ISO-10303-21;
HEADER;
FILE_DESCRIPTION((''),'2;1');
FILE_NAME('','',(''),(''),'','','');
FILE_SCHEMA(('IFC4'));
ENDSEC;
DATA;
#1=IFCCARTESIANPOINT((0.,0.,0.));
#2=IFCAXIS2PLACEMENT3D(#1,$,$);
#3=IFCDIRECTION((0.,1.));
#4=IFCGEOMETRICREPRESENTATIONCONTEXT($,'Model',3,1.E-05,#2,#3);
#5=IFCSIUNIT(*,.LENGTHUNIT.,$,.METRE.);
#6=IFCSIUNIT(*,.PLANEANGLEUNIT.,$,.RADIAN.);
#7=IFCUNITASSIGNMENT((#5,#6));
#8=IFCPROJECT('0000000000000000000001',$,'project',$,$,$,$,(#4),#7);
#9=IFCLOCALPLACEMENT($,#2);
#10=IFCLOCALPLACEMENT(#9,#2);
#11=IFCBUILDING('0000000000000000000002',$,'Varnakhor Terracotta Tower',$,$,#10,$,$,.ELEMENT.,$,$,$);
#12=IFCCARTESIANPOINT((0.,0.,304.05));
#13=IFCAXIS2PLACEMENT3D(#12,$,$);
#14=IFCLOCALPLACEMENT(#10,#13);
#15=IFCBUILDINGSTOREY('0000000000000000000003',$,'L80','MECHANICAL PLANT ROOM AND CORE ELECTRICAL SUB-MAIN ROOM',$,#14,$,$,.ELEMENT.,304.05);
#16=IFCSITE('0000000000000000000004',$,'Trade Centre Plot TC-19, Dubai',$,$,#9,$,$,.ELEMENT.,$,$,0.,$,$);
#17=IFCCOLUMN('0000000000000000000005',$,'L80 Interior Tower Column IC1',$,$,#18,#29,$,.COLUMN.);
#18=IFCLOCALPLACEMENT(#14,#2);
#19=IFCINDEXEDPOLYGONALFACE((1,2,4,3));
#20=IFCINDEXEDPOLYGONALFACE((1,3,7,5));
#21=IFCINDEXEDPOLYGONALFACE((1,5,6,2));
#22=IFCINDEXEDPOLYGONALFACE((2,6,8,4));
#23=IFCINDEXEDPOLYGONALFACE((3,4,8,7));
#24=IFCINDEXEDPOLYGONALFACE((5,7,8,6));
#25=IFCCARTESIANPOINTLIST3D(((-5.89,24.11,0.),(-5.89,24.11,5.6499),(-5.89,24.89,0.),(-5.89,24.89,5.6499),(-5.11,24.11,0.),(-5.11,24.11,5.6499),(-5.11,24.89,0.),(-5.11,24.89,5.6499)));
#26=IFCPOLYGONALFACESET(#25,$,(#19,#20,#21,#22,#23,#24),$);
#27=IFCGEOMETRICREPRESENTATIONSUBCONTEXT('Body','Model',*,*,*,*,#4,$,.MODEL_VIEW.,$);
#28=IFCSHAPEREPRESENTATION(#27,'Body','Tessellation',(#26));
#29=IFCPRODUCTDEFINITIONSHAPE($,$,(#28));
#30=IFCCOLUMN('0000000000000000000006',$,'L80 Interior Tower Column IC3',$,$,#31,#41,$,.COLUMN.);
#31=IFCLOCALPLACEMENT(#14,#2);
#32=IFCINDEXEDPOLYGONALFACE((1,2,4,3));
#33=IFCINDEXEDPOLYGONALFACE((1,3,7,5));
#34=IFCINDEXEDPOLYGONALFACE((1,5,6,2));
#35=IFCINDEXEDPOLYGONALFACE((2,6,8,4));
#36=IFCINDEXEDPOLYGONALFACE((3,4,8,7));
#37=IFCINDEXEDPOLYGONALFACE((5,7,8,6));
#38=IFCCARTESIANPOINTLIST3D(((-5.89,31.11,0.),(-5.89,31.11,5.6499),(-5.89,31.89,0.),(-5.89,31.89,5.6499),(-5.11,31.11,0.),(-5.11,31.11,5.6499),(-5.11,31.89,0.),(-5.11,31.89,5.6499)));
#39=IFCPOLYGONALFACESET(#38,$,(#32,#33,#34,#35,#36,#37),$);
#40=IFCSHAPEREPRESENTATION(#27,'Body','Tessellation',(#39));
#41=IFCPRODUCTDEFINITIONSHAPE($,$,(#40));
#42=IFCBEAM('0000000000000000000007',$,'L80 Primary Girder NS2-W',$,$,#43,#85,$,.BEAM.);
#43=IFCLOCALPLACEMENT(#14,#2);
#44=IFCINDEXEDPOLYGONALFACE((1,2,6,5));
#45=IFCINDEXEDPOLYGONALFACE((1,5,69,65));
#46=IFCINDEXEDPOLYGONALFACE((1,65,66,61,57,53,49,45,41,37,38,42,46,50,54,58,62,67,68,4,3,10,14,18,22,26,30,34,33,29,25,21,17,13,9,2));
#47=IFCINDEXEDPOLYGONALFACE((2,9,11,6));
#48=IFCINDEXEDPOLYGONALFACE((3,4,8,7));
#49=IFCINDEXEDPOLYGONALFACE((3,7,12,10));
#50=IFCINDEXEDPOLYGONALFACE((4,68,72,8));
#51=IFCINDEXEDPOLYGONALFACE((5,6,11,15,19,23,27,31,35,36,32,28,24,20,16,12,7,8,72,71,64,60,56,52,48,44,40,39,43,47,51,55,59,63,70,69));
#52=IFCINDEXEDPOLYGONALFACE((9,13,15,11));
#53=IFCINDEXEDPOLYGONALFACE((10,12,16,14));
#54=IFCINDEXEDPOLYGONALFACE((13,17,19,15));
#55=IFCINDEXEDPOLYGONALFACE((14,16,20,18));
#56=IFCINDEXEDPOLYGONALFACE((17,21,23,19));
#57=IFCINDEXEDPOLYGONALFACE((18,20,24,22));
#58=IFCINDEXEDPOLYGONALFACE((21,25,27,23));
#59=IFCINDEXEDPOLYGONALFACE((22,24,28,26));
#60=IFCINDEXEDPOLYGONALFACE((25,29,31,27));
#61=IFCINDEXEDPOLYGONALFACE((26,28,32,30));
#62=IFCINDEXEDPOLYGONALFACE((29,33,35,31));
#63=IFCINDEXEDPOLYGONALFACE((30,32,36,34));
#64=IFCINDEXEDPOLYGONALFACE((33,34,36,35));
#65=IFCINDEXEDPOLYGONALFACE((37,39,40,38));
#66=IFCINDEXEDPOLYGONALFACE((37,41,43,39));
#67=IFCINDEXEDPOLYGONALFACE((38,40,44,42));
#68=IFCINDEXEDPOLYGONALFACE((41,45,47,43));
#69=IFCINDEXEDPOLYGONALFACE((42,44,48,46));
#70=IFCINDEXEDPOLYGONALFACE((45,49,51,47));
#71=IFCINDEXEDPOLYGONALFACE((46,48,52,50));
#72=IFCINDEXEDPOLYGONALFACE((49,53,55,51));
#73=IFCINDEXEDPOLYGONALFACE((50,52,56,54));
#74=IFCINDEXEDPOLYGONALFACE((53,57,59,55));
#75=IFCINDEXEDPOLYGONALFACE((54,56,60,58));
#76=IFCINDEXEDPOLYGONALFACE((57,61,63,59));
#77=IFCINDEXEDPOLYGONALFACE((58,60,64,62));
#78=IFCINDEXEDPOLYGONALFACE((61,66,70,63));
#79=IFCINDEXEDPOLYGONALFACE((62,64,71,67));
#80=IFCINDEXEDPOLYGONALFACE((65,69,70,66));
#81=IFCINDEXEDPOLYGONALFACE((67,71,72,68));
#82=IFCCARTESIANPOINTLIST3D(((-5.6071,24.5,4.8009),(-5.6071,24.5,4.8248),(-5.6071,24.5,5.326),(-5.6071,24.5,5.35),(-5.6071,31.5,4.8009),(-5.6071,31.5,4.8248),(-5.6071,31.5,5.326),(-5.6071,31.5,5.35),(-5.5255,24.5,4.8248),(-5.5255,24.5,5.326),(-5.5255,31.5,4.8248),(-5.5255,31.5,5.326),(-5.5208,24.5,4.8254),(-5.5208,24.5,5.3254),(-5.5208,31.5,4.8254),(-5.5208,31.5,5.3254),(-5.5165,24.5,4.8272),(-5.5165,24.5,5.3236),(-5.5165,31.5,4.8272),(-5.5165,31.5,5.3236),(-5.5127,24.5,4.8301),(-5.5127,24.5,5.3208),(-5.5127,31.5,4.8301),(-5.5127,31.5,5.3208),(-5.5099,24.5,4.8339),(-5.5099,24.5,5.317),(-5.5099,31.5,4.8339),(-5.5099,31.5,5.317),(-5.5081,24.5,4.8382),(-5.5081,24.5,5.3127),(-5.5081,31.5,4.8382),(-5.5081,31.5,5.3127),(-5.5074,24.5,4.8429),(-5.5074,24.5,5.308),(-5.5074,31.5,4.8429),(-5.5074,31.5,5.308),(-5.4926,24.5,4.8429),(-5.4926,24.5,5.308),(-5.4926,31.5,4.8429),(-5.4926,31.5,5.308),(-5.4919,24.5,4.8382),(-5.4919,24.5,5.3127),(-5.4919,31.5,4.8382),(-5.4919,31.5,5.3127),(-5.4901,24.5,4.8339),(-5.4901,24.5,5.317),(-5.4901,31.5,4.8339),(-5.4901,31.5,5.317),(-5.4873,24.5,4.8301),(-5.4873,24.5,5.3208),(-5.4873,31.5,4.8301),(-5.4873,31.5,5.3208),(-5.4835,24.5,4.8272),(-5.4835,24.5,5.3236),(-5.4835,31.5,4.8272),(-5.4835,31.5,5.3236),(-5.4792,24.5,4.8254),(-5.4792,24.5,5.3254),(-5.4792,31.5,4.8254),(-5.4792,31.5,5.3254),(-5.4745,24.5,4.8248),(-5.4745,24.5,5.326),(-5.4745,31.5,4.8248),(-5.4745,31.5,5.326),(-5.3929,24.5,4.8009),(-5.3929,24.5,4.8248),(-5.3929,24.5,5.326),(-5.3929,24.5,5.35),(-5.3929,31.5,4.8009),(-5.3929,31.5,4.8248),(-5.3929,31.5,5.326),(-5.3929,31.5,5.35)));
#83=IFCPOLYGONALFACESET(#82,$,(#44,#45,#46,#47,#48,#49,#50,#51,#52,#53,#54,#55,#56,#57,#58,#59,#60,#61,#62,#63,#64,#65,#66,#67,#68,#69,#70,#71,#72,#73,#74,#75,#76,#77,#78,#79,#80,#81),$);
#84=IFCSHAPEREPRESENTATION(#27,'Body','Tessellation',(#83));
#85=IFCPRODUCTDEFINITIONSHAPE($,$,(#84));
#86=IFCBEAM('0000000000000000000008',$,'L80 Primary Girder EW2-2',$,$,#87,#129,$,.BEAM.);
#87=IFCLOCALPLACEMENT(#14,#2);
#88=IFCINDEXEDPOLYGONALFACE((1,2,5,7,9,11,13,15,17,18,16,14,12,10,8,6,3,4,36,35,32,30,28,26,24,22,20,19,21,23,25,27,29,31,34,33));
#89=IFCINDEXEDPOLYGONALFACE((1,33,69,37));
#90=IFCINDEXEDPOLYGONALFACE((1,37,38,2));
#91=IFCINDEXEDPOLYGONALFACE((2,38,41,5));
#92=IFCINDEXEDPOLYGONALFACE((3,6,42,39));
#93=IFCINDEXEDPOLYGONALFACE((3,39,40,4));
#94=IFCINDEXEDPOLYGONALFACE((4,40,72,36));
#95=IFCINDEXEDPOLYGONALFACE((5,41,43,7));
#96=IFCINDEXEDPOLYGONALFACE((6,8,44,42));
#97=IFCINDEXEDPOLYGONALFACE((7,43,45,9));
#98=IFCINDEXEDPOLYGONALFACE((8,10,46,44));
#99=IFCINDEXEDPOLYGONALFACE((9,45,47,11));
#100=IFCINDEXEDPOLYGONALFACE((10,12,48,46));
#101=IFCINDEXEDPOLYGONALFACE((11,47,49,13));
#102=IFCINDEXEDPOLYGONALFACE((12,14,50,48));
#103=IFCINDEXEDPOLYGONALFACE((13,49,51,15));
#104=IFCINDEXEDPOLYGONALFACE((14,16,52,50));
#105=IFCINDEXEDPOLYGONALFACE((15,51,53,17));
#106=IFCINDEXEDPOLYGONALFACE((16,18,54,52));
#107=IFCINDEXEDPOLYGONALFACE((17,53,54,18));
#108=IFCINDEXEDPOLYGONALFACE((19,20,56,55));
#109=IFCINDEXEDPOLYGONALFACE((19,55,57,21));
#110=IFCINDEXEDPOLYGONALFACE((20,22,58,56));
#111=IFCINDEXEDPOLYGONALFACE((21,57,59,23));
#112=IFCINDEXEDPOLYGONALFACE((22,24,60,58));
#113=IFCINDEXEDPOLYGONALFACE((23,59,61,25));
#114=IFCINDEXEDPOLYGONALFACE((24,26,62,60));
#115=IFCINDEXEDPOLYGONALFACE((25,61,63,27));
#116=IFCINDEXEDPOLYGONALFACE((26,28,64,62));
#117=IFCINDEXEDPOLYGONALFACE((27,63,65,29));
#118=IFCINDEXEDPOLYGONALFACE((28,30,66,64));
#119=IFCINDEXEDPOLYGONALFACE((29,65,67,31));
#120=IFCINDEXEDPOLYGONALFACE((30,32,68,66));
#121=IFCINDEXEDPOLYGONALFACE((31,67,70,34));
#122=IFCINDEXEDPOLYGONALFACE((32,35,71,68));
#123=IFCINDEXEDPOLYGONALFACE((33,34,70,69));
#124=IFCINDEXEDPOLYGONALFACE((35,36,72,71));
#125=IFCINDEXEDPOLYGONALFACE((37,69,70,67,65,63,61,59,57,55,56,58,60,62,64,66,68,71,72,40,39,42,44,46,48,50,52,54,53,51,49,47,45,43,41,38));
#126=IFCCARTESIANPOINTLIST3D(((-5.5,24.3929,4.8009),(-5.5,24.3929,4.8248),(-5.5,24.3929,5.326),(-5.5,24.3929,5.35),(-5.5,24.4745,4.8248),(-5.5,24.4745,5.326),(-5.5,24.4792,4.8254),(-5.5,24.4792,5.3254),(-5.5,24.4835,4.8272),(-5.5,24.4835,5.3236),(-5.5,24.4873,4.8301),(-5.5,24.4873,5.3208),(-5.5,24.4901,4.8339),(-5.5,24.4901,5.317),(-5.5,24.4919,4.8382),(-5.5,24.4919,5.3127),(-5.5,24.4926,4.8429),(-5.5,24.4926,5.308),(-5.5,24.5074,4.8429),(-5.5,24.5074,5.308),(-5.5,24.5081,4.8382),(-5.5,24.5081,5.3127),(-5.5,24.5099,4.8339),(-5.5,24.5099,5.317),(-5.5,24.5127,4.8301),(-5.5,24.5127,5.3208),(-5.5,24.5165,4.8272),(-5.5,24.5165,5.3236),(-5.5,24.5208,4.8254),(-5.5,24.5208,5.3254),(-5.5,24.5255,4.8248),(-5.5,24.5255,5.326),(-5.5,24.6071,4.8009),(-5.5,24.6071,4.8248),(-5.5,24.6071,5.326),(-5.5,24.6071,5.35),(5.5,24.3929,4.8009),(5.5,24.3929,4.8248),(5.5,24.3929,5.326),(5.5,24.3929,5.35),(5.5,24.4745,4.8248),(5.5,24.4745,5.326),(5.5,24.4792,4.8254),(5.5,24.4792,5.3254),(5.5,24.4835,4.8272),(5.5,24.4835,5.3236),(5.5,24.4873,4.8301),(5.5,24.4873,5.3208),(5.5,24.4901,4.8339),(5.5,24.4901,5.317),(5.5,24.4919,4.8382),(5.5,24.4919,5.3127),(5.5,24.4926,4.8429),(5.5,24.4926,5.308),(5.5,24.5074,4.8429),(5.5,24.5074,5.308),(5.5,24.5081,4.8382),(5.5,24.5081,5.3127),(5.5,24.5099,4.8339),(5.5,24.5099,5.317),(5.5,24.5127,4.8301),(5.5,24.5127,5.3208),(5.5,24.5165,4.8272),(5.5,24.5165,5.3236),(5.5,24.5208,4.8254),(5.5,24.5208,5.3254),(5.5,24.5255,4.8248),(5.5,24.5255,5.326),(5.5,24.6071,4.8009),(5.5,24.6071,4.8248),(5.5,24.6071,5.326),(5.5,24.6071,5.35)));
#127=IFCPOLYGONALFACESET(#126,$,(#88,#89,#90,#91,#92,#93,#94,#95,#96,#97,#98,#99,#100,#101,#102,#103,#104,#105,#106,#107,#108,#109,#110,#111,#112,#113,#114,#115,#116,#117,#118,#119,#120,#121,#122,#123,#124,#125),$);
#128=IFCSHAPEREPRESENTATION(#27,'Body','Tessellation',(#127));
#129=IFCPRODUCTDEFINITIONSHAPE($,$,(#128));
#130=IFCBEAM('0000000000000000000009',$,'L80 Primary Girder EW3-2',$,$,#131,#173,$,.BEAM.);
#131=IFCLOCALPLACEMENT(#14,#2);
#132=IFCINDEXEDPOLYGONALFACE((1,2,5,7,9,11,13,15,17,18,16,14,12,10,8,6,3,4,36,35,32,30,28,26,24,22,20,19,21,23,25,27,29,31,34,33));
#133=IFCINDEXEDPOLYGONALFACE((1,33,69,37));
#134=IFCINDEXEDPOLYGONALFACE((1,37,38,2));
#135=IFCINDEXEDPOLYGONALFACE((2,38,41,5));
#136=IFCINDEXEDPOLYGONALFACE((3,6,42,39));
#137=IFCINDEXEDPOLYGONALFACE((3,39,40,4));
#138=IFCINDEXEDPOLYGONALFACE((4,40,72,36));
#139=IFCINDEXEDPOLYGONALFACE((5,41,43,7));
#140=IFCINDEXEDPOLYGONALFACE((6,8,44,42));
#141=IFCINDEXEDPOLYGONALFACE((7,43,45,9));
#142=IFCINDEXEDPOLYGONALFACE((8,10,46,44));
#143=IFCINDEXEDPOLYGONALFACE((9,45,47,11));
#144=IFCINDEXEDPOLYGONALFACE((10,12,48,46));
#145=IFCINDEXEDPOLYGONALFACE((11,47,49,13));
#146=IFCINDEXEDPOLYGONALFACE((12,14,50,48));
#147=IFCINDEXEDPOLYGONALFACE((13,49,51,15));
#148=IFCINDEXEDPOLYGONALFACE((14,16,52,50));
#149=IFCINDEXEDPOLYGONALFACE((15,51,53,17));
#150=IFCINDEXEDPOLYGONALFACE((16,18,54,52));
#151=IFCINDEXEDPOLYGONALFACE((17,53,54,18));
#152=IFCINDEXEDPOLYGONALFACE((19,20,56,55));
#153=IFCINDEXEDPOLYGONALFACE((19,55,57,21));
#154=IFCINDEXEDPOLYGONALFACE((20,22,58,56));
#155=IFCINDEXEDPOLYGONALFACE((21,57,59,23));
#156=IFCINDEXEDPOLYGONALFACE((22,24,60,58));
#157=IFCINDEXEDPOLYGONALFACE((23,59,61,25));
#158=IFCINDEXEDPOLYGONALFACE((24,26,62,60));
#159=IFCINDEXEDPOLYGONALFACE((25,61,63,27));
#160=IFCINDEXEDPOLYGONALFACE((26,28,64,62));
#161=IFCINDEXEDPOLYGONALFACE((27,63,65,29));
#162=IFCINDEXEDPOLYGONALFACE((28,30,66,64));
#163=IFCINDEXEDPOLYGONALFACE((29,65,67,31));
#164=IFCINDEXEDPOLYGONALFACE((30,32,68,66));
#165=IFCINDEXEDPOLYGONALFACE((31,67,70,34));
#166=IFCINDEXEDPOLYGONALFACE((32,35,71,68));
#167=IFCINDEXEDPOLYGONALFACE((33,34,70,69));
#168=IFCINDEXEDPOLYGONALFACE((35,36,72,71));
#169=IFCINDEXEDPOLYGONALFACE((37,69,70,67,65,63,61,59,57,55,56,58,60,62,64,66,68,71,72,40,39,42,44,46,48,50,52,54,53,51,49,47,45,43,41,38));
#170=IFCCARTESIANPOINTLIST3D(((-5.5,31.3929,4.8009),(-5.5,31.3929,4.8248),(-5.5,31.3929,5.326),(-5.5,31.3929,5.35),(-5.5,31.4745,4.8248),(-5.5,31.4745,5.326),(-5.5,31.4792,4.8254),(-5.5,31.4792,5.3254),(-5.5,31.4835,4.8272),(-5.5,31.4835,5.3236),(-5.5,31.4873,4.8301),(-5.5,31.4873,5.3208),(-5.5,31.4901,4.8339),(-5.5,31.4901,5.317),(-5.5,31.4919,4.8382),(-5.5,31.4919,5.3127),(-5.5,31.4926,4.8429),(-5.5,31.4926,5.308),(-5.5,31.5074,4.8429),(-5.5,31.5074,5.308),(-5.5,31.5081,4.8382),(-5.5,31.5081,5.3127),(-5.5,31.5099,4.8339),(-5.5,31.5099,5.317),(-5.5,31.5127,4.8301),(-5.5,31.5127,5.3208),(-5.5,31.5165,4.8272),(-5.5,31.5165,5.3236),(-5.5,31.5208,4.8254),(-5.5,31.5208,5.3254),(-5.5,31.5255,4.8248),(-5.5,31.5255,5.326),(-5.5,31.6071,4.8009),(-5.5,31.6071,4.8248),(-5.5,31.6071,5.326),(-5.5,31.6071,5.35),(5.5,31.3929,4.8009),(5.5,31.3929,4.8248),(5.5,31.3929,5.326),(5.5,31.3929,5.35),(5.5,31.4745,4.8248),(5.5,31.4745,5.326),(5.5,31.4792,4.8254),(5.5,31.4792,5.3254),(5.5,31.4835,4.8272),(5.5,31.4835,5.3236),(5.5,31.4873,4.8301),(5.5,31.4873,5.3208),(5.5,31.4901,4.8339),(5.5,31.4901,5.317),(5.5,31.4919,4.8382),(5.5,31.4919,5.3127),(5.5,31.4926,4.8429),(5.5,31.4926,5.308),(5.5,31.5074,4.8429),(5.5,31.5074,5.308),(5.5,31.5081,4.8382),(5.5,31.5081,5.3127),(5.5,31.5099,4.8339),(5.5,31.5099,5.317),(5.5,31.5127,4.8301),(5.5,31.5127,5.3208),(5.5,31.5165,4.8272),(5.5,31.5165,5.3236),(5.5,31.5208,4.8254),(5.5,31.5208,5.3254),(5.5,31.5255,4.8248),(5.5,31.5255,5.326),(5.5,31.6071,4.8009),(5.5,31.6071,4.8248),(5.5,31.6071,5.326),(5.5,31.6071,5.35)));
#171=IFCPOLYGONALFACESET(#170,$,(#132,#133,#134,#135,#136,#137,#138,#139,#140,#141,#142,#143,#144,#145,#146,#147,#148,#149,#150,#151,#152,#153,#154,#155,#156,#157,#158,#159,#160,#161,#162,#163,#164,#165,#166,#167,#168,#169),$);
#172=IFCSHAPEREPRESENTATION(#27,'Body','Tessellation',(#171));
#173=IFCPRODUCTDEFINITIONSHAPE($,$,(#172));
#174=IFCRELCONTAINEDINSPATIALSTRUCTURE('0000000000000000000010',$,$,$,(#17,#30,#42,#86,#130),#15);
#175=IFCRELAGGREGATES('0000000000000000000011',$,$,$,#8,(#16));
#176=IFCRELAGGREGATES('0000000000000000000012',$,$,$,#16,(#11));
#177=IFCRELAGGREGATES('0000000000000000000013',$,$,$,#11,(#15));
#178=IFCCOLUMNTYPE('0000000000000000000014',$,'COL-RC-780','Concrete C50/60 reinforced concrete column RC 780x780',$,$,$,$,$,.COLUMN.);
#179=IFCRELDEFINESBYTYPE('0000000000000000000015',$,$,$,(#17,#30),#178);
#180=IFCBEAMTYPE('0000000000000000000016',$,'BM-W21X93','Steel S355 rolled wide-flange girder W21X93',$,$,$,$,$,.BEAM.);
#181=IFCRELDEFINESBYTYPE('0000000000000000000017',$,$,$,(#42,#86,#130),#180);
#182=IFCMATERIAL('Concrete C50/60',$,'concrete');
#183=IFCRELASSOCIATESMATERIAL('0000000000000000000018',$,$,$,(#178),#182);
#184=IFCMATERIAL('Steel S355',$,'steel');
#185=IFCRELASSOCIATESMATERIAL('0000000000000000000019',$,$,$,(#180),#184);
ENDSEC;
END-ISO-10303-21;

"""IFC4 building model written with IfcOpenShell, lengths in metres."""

from ifc_helpers import new_model, si_unit, direction, frame, origin, origin_2d, place, context, subcontext, project, spatial, rectangle, i_section, extrude, source, transform, mapped, material, material_profile, profile_set, type_object, element, save


model = new_model("IFC4")

# Units and contexts
model_context = context("Model", 3, precision=1e-05, world=origin(), true_north=direction((0.0, 1.0)))
body_context = subcontext(model_context, "Body", "Model", "MODEL_VIEW")
ifc_project = project(units=[si_unit("LENGTHUNIT", "METRE"), si_unit("PLANEANGLEUNIT", "RADIAN")], contexts=[model_context])

# Site, building, storey
site_placement = place(None, origin())
site = spatial("IfcSite", under=ifc_project, at=site_placement, Name="Trade Centre Plot TC-19, Dubai", CompositionType="ELEMENT", RefElevation=0.0)
building_placement = place(site_placement, origin())
building = spatial("IfcBuilding", under=site, at=building_placement, Name="Varnakhor Terracotta Tower", CompositionType="ELEMENT")
storey_placement = place(building_placement, frame((0.0, 0.0, 304.05)))
storey = spatial("IfcBuildingStorey", under=building, at=storey_placement, Name="L80", Description="MECHANICAL PLANT ROOM AND CORE ELECTRICAL SUB-MAIN ROOM", CompositionType="ELEMENT", Elevation=304.05)

# Columns
ifc_material_1 = material(Name="Concrete C50/60", Category="concrete")
ifc_material_profile_1 = material_profile(ifc_material_1, rectangle(XDim=0.78, YDim=0.78, at=origin_2d()), Name="RC 780x780")
ifc_profile_set_1 = profile_set([ifc_material_profile_1], Name="Concrete C50/60")
column_type = type_object("IfcColumnType", Name="COL-RC-780", Description="Concrete C50/60 reinforced concrete column RC 780x780", PredefinedType="COLUMN", material=ifc_profile_set_1)
shared_shape_1 = source(origin(), body_context, "Body", "SweptSolid", [
    extrude(rectangle(XDim=0.78, YDim=0.78, at=origin_2d()), origin(), (0.0, 0.0, 1.0), 5.6499),
])
for number, where, z_axis, x_axis, name in (
    (1, (-5.5, 24.5, 0.0), (0.0, 0.0, 1.0), (1.0, 0.0, 0.0), "L80 Interior Tower Column IC1"),
    (2, (-5.5, 31.5, 0.0), (0.0, 0.0, 1.0), (1.0, 0.0, 0.0), "L80 Interior Tower Column IC3"),
):
    element("IfcColumn", number, at=place(storey_placement, frame(where, z_axis=z_axis, x_axis=x_axis)), inside=storey, type_object=column_type, Name=name, PredefinedType="COLUMN", context=body_context, shape_type="MappedRepresentation", body=[
        mapped(shared_shape_1, transform((0.0, 0.0, 0.0), scale=1.0)),
    ])

# Beams
ifc_material_2 = material(Name="Steel S355", Category="steel")
ifc_material_profile_2 = material_profile(ifc_material_2, i_section(OverallWidth=0.2141, OverallDepth=0.5491, WebThickness=0.0149, FlangeThickness=0.0239, FilletRadius=0.0181, at=origin_2d()), Name="W21X93")
ifc_profile_set_2 = profile_set([ifc_material_profile_2], Name="Steel S355")
beam_type_1 = type_object("IfcBeamType", Name="BM-W21X93", Description="Steel S355 rolled wide-flange girder W21X93", PredefinedType="BEAM", material=ifc_profile_set_2)
shared_shape_2 = source(origin(), body_context, "Body", "SweptSolid", [
    extrude(i_section(OverallWidth=0.2141, OverallDepth=0.5491, WebThickness=0.0149, FlangeThickness=0.0239, FilletRadius=0.0181, at=origin_2d()), origin(), (0.0, 0.0, 1.0), 7.0),
])
beam_1_placement = place(storey_placement, frame((-5.5, 24.5, 5.0754), z_axis=(0.0, 1.0, 0.0), x_axis=(-1.0, 0.0, 0.0)))
element("IfcBeam", 3, at=beam_1_placement, inside=storey, type_object=beam_type_1, Name="L80 Primary Girder NS2-W", PredefinedType="BEAM", context=body_context, shape_type="MappedRepresentation", body=[
    mapped(shared_shape_2, transform((0.0, 0.0, 0.0), scale=1.0)),
])
shared_shape_3 = source(origin(), body_context, "Body", "SweptSolid", [
    extrude(i_section(OverallWidth=0.2141, OverallDepth=0.5491, WebThickness=0.0149, FlangeThickness=0.0239, FilletRadius=0.0181, at=origin_2d()), origin(), (0.0, 0.0, 1.0), 11.0),
])
for number, where, z_axis, x_axis, name in (
    (4, (-5.5, 24.5, 5.0754), (1.0, 0.0, 0.0), (0.0, 1.0, 0.0), "L80 Primary Girder EW2-2"),
    (5, (-5.5, 31.5, 5.0754), (1.0, 0.0, 0.0), (0.0, 1.0, 0.0), "L80 Primary Girder EW3-2"),
):
    element("IfcBeam", number, at=place(storey_placement, frame(where, z_axis=z_axis, x_axis=x_axis)), inside=storey, type_object=beam_type_1, Name=name, PredefinedType="BEAM", context=body_context, shape_type="MappedRepresentation", body=[
        mapped(shared_shape_3, transform((0.0, 0.0, 0.0), scale=1.0)),
    ])

save(model, "model.ifc")
